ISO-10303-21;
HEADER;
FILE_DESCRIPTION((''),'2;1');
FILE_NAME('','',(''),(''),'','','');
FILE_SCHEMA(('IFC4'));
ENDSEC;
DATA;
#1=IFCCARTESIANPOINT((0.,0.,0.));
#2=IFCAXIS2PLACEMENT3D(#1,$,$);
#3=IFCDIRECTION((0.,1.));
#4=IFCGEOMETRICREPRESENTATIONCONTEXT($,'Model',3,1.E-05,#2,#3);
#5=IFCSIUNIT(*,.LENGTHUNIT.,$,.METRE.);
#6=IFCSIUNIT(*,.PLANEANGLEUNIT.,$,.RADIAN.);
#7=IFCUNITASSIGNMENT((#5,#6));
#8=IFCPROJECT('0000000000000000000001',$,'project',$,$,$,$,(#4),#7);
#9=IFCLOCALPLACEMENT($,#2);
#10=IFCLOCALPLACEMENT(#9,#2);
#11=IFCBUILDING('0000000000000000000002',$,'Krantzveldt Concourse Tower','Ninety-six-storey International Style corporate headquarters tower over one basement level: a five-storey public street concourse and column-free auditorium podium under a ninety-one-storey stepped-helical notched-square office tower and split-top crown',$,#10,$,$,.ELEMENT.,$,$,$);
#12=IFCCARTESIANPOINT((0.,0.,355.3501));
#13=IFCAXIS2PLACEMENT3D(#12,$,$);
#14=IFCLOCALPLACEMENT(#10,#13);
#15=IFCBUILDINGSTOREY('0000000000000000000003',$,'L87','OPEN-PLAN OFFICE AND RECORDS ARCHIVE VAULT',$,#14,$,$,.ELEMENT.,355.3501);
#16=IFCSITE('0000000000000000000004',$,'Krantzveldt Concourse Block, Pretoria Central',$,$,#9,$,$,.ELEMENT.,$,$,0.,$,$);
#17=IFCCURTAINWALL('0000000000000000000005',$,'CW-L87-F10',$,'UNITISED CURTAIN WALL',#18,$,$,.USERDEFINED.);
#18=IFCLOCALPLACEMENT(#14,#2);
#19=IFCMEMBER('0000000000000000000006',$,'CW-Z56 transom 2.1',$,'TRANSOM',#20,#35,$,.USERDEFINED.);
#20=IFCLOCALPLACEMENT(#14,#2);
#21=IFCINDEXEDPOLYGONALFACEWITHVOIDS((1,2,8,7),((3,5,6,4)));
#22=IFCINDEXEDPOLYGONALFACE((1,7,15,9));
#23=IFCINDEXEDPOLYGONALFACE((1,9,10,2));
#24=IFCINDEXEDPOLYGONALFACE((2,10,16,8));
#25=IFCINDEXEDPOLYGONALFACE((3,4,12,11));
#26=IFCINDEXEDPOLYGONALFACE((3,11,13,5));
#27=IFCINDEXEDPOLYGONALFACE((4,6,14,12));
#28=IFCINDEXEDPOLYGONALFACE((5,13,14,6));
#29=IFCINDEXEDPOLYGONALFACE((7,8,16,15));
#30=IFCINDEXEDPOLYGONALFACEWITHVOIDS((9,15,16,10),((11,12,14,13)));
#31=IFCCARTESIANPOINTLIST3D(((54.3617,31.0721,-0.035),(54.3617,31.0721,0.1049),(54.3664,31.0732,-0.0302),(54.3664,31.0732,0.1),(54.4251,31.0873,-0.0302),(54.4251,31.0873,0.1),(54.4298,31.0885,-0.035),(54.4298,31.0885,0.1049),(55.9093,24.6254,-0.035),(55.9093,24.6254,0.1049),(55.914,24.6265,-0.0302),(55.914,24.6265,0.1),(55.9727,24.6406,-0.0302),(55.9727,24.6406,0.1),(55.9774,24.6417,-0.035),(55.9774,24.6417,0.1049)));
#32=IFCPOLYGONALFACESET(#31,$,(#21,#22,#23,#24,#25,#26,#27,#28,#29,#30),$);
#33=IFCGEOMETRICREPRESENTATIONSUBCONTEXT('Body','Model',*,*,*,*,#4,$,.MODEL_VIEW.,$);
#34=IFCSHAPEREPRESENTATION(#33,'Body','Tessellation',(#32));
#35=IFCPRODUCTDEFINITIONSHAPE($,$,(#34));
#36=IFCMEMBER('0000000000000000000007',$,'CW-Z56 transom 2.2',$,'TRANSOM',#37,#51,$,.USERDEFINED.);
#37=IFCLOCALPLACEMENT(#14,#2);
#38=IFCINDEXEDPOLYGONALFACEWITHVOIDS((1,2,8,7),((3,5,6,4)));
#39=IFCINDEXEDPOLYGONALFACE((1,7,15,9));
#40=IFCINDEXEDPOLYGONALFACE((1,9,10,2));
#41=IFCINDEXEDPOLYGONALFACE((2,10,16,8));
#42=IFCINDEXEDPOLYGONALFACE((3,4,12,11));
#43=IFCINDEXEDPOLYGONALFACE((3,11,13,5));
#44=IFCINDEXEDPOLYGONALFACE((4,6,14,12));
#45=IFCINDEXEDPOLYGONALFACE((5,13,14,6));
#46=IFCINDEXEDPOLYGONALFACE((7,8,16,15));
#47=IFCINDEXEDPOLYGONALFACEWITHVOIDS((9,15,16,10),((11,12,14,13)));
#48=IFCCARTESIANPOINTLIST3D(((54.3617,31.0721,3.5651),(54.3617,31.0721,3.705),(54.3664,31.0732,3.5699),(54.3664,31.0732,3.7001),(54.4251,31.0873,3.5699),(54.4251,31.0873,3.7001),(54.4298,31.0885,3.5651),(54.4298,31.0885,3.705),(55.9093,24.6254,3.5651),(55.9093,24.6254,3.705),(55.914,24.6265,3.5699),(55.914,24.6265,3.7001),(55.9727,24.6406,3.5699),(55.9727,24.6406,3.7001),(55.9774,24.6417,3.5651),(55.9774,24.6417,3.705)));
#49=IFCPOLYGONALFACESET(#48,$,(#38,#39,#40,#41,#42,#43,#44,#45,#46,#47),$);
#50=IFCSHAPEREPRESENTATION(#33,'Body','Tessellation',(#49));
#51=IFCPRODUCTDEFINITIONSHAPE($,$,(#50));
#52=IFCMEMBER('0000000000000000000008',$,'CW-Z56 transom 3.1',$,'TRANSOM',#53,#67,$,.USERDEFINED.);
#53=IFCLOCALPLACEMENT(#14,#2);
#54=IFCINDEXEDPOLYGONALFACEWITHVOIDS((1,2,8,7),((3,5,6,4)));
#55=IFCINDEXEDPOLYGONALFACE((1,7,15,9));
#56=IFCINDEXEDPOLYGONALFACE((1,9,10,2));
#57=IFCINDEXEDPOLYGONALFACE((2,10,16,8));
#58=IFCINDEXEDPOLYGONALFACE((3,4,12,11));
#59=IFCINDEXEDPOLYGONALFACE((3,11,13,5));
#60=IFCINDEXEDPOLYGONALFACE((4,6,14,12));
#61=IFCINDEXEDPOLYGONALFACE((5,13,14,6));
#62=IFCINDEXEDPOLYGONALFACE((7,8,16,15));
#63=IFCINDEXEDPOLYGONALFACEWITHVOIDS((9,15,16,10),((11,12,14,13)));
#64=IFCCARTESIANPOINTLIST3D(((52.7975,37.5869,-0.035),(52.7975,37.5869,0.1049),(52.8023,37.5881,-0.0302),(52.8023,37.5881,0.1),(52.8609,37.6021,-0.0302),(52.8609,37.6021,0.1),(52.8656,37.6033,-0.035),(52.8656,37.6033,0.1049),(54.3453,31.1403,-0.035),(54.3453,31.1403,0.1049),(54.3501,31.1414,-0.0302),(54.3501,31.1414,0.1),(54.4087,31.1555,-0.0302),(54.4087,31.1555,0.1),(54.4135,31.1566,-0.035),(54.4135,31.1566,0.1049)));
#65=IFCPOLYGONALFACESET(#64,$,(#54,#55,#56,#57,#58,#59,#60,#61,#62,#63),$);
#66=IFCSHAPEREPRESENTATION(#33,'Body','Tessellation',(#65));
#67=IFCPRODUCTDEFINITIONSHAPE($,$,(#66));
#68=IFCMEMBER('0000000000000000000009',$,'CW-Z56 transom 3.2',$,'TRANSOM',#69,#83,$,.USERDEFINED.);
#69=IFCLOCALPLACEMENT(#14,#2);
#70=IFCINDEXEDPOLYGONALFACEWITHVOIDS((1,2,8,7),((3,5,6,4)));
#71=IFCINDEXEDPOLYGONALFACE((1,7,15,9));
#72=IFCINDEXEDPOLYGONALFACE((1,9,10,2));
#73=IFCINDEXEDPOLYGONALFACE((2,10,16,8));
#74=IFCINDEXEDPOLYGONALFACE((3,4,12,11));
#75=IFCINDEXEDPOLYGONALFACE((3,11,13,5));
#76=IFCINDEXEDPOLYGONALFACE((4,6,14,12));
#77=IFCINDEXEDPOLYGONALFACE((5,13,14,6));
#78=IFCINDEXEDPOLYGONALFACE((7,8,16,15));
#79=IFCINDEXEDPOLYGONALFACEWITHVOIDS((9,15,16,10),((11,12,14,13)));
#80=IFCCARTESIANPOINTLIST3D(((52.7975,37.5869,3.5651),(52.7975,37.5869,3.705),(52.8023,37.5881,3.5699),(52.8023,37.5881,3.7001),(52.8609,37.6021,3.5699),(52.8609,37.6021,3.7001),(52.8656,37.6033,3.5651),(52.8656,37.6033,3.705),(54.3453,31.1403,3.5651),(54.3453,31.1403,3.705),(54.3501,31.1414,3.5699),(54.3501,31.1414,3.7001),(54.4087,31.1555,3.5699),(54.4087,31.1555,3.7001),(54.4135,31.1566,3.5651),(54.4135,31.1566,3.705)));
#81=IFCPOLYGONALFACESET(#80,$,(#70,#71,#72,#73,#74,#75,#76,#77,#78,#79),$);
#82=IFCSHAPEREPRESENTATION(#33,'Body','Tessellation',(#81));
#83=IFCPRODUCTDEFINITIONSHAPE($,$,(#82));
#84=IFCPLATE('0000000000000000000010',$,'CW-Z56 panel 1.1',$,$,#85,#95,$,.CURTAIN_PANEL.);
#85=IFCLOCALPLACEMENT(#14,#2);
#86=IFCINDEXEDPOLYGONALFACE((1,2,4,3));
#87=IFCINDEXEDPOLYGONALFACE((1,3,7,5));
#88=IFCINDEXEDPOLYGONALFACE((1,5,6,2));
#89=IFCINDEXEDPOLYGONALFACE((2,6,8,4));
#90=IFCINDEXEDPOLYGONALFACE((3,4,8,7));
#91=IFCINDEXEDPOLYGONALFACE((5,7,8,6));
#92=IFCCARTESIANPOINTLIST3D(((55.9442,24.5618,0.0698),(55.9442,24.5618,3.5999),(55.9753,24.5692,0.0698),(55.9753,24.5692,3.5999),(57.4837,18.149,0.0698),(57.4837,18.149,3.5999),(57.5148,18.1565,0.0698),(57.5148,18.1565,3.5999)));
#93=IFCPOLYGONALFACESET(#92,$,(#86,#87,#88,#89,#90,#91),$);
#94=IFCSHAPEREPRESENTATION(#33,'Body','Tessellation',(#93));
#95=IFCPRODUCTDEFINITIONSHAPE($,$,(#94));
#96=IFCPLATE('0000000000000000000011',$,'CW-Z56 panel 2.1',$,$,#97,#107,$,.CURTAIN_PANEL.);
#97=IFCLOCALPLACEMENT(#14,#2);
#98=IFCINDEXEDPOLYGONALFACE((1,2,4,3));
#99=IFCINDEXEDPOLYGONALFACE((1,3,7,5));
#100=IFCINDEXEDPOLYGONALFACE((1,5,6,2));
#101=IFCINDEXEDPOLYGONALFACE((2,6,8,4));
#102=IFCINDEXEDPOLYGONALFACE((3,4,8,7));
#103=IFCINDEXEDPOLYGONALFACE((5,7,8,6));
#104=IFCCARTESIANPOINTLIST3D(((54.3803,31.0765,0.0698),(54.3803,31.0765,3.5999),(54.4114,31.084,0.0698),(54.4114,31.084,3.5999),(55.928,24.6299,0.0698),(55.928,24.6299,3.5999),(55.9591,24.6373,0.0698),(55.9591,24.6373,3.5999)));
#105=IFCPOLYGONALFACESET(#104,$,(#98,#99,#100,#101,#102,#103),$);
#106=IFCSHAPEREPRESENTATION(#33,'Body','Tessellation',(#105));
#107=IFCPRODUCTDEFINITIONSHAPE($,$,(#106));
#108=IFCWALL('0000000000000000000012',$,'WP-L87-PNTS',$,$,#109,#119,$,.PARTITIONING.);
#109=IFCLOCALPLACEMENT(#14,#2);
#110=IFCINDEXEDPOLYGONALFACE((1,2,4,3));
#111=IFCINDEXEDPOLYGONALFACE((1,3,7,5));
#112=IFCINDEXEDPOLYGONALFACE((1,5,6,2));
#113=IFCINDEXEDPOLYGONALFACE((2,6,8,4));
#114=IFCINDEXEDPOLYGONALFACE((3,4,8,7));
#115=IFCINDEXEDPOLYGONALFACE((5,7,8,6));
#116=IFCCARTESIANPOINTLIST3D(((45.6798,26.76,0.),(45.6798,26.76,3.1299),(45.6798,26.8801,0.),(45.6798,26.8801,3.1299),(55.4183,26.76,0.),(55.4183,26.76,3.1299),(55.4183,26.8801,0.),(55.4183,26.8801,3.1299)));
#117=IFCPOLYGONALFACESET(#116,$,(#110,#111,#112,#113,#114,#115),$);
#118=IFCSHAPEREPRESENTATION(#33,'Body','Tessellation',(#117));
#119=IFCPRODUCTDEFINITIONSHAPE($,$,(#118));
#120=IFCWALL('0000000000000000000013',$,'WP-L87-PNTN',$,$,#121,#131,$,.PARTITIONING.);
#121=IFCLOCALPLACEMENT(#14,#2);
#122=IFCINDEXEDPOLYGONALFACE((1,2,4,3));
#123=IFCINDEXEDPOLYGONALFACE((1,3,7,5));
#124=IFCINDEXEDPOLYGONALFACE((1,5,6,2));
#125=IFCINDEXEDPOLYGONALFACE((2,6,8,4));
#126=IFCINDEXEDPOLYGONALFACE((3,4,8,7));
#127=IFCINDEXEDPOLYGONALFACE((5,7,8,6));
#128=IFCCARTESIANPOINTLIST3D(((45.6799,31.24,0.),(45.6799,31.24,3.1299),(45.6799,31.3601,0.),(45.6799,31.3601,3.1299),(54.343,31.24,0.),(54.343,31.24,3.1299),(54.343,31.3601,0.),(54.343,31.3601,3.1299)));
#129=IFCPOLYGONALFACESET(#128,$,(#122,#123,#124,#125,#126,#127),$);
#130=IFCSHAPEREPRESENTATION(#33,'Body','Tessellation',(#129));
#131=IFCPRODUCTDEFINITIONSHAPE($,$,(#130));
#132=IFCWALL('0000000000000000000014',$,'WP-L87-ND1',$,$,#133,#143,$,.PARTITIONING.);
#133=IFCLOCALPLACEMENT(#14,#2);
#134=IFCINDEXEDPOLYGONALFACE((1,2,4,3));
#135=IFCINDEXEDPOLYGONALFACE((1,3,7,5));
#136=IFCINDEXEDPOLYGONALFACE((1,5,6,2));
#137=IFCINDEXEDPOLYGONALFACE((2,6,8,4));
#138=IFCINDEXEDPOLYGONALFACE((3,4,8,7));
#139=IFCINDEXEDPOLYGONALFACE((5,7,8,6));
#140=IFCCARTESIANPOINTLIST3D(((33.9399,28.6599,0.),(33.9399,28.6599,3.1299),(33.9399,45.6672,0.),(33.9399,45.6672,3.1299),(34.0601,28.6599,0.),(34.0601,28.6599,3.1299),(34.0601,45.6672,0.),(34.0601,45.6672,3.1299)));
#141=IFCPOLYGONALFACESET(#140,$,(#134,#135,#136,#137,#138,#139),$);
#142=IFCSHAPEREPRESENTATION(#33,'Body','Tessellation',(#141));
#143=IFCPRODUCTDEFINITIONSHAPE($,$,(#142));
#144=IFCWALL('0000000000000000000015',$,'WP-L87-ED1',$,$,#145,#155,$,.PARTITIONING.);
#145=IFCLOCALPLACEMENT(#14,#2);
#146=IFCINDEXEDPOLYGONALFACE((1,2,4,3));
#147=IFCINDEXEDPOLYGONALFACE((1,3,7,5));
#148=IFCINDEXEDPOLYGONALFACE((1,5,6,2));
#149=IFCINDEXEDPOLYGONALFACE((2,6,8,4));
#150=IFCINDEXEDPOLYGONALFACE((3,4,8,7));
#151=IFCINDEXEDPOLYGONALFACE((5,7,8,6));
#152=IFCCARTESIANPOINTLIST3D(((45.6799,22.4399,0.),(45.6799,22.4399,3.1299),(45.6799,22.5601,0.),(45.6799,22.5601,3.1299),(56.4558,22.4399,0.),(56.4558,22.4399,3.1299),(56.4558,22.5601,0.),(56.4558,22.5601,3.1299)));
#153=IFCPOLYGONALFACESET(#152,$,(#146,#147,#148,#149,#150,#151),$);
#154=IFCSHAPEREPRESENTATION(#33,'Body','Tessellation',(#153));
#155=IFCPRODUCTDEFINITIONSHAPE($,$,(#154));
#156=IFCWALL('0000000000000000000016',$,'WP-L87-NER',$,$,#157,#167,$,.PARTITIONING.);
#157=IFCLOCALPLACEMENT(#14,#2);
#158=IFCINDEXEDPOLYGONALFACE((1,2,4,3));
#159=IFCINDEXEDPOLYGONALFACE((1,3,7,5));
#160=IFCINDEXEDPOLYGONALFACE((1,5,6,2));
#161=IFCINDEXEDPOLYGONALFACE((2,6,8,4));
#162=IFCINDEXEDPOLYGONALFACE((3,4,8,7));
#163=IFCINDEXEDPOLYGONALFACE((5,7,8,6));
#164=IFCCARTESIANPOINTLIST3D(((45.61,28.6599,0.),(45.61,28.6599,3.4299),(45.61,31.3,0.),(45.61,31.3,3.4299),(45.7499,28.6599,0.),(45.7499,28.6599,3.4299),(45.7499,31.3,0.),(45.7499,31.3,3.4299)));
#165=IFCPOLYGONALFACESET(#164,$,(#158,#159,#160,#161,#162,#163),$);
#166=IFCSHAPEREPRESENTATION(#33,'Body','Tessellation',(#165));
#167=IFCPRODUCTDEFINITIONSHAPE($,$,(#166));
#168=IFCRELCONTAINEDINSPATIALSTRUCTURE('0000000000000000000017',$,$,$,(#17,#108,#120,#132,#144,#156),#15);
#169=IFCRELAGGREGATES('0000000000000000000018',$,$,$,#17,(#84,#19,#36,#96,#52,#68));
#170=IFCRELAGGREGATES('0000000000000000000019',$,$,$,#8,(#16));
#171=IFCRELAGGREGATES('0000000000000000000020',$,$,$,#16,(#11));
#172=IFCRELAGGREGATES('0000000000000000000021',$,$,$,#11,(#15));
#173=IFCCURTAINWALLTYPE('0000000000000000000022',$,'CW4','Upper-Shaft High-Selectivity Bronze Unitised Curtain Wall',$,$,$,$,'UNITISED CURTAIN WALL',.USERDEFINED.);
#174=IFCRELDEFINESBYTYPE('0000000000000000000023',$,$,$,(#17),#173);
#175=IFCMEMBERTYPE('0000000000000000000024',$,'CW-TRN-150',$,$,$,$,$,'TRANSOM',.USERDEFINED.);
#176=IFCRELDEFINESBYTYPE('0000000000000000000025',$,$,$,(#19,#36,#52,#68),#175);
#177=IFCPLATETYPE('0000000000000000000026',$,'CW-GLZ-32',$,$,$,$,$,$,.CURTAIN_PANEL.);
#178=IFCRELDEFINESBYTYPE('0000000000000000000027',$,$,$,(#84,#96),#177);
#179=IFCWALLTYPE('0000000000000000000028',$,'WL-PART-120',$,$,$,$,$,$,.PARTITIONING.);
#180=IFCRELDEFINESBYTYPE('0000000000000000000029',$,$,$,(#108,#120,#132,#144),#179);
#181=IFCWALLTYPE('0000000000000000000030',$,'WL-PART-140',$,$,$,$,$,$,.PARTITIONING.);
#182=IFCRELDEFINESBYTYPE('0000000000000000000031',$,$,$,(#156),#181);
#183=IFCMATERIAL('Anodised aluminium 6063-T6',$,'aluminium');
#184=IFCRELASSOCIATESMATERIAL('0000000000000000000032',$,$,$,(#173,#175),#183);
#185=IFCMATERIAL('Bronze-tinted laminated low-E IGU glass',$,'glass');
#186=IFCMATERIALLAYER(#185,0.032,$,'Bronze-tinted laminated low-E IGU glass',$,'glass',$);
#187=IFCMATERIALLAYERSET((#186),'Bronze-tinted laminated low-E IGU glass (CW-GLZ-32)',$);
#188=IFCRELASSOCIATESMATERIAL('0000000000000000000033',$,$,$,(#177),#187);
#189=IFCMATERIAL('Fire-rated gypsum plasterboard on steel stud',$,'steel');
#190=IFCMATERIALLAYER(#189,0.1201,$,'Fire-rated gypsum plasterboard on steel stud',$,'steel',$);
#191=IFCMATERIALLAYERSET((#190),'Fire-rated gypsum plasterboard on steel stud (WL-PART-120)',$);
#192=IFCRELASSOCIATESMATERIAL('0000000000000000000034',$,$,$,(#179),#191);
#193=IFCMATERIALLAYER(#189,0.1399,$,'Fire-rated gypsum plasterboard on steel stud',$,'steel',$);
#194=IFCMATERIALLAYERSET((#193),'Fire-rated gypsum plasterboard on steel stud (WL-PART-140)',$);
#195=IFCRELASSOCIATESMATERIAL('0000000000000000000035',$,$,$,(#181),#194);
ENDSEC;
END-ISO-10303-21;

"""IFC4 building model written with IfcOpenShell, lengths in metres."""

from ifc_helpers import new_model, si_unit, direction, frame, frame_2d, origin, origin_2d, place, context, subcontext, project, spatial, rectangle, hollow_rectangle, extrude, source, transform, mapped, material, layer, layer_set, material_profile, profile_set, type_object, type_shapes, element, aggregate, save


model = new_model("IFC4")

# Units and contexts
model_context = context("Model", 3, precision=1e-05, world=origin(), true_north=direction((0.0, 1.0)))
body_context = subcontext(model_context, "Body", "Model", "MODEL_VIEW")
ifc_project = project(units=[si_unit("LENGTHUNIT", "METRE"), si_unit("PLANEANGLEUNIT", "RADIAN")], contexts=[model_context])

# Site, building, storey
site_placement = place(None, origin())
site = spatial("IfcSite", under=ifc_project, at=site_placement, Name="Krantzveldt Concourse Block, Pretoria Central", CompositionType="ELEMENT", RefElevation=0.0)
building_placement = place(site_placement, origin())
building = spatial("IfcBuilding", under=site, at=building_placement, Name="Krantzveldt Concourse Tower", Description="Ninety-six-storey International Style corporate headquarters tower over one basement level: a five-storey public street concourse and column-free auditorium podium under a ninety-one-storey stepped-helical notched-square office tower and split-top crown", CompositionType="ELEMENT")
storey_placement = place(building_placement, frame((0.0, 0.0, 355.3501)))
storey = spatial("IfcBuildingStorey", under=building, at=storey_placement, Name="L87", Description="OPEN-PLAN OFFICE AND RECORDS ARCHIVE VAULT", CompositionType="ELEMENT", Elevation=355.3501)

# Curtain wall, members, plates
ifc_material_1 = material(Name="Anodised aluminium 6063-T6", Category="aluminium")
curtain_wall_type = type_object("IfcCurtainWallType", Name="CW4", Description="Upper-Shaft High-Selectivity Bronze Unitised Curtain Wall", ElementType="UNITISED CURTAIN WALL", PredefinedType="USERDEFINED", material=ifc_material_1)
curtain_wall_placement = place(storey_placement, origin())
curtain_wall = element("IfcCurtainWall", 1, at=curtain_wall_placement, inside=storey, type_object=curtain_wall_type, Name="CW-L87-F10", ObjectType="UNITISED CURTAIN WALL", PredefinedType="USERDEFINED")
ifc_material_profile_1 = material_profile(ifc_material_1, hollow_rectangle(XDim=0.0701, YDim=0.1399, WallThickness=0.0049, at=origin_2d()), Name="Anodised aluminium 6063-T6", Category="aluminium")
ifc_profile_set_1 = profile_set([ifc_material_profile_1], Name="Anodised aluminium 6063-T6 - ALU-TRAN 140x70x5")
member_type_1 = type_object("IfcMemberType", Name="CW-TRN-150", ElementType="TRANSOM", PredefinedType="USERDEFINED", material=ifc_profile_set_1)
shared_shape_1 = source(origin(), body_context, "Body", "SweptSolid", [
    extrude(hollow_rectangle(XDim=0.0701, YDim=0.1399, WallThickness=0.0049, at=origin_2d()), origin(), (0.0, 0.0, 1.0), 6.6299),
])
type_shapes(member_type_1, [shared_shape_1])
member_1_placement = place(storey_placement, frame((55.9434, 24.6335, 0.0349), z_axis=(-0.233427, 0.972374, 0.0), x_axis=(-0.972374, -0.233427, 0.0)))
member_1 = element("IfcMember", 2, at=member_1_placement, type_object=member_type_1, Name="CW-Z56 transom 2.1", ObjectType="TRANSOM", PredefinedType="USERDEFINED", context=body_context, shape_type="MappedRepresentation", body=[
    mapped(shared_shape_1, transform((0.0, 0.0, 0.0), x_axis=(1.0, 0.0, 0.0), y_axis=(0.0, 1.0, 0.0), z_axis=(0.0, 0.0, 1.0), scale=1.0)),
])
member_2_placement = place(storey_placement, frame((55.9434, 24.6335, 3.635), z_axis=(-0.233427, 0.972374, 0.0), x_axis=(-0.972374, -0.233427, 0.0)))
member_2 = element("IfcMember", 3, at=member_2_placement, type_object=member_type_1, Name="CW-Z56 transom 2.2", ObjectType="TRANSOM", PredefinedType="USERDEFINED", context=body_context, shape_type="MappedRepresentation", body=[
    mapped(shared_shape_1, transform((0.0, 0.0, 0.0), x_axis=(1.0, 0.0, 0.0), y_axis=(0.0, 1.0, 0.0), z_axis=(0.0, 0.0, 1.0), scale=1.0)),
])
member_3_placement = place(storey_placement, frame((54.3794, 31.1484, 0.0349), z_axis=(-0.233462, 0.972366, 0.0), x_axis=(-0.972366, -0.233462, 0.0)))
member_3 = element("IfcMember", 4, at=member_3_placement, type_object=member_type_1, Name="CW-Z56 transom 3.1", ObjectType="TRANSOM", PredefinedType="USERDEFINED", context=body_context, shape_type="MappedRepresentation", body=[
    mapped(shared_shape_1, transform((0.0, 0.0, 0.0), x_axis=(1.0, 0.0, 0.0), y_axis=(0.0, 1.0, 0.0), z_axis=(0.0, 0.0, 1.0), scale=1.0)),
])
member_4_placement = place(storey_placement, frame((54.3794, 31.1484, 3.635), z_axis=(-0.233462, 0.972366, 0.0), x_axis=(-0.972366, -0.233462, 0.0)))
member_4 = element("IfcMember", 5, at=member_4_placement, type_object=member_type_1, Name="CW-Z56 transom 3.2", ObjectType="TRANSOM", PredefinedType="USERDEFINED", context=body_context, shape_type="MappedRepresentation", body=[
    mapped(shared_shape_1, transform((0.0, 0.0, 0.0), x_axis=(1.0, 0.0, 0.0), y_axis=(0.0, 1.0, 0.0), z_axis=(0.0, 0.0, 1.0), scale=1.0)),
])
ifc_material_2 = material(Name="Bronze-tinted laminated low-E IGU glass", Category="glass")
ifc_layer_1 = layer(ifc_material_2, 0.032, Name="Bronze-tinted laminated low-E IGU glass", Category="glass")
ifc_layer_set_1 = layer_set([ifc_layer_1], Name="Bronze-tinted laminated low-E IGU glass (CW-GLZ-32)")
plate_type = type_object("IfcPlateType", Name="CW-GLZ-32", PredefinedType="CURTAIN_PANEL", material=ifc_layer_set_1)
shared_shape_2 = source(origin(), body_context, "Body", "SweptSolid", [
    extrude(rectangle(XDim=6.595, YDim=0.032, at=origin_2d()), origin(), (0.0, 0.0, 1.0), 3.53),
])
plate_1_placement = place(storey_placement, frame((56.7295, 21.3591, 0.0698), z_axis=(0.0, 0.0, 1.0), x_axis=(-0.233445, 0.97237, 0.0)))
plate_1 = element("IfcPlate", 6, at=plate_1_placement, type_object=plate_type, Name="CW-Z56 panel 1.1", PredefinedType="CURTAIN_PANEL", context=body_context, shape_type="MappedRepresentation", body=[
    mapped(shared_shape_2, transform((0.0, 0.0, 0.0), x_axis=(1.0, 0.0, 0.0), y_axis=(0.0, 1.0, 0.0), z_axis=(0.0, 0.0, 1.0), scale=1.0)),
])
shared_shape_3 = source(origin(), body_context, "Body", "SweptSolid", [
    extrude(rectangle(XDim=6.6299, YDim=0.032, at=origin_2d()), origin(), (0.0, 0.0, 1.0), 3.53),
])
type_shapes(plate_type, [shared_shape_2, shared_shape_3])
plate_2_placement = place(storey_placement, frame((55.1697, 27.8569, 0.0698), z_axis=(0.0, 0.0, 1.0), x_axis=(-0.233445, 0.97237, 0.0)))
plate_2 = element("IfcPlate", 7, at=plate_2_placement, type_object=plate_type, Name="CW-Z56 panel 2.1", PredefinedType="CURTAIN_PANEL", context=body_context, shape_type="MappedRepresentation", body=[
    mapped(shared_shape_3, transform((0.0, 0.0, 0.0), x_axis=(1.0, 0.0, 0.0), y_axis=(0.0, 1.0, 0.0), z_axis=(0.0, 0.0, 1.0), scale=1.0)),
])
aggregate(curtain_wall, [plate_1, member_1, member_2, plate_2, member_3, member_4])

# Walls
ifc_material_3 = material(Name="Fire-rated gypsum plasterboard on steel stud", Category="steel")
ifc_layer_2 = layer(ifc_material_3, 0.1201, Name="Fire-rated gypsum plasterboard on steel stud", Category="steel")
ifc_layer_set_2 = layer_set([ifc_layer_2], Name="Fire-rated gypsum plasterboard on steel stud (WL-PART-120)")
wall_type_1 = type_object("IfcWallType", Name="WL-PART-120", PredefinedType="PARTITIONING", material=ifc_layer_set_2)
wall_1_placement = place(storey_placement, frame((45.6799, 26.8201, 0.0), z_axis=(0.0, 0.0, 1.0), x_axis=(1.0, 0.0, 0.0)))
element("IfcWall", 8, at=wall_1_placement, inside=storey, type_object=wall_type_1, Name="WP-L87-PNTS", PredefinedType="PARTITIONING", context=body_context, shape_type="SweptSolid", body=[
    extrude(rectangle(XDim=9.7385, YDim=0.1201, at=frame_2d((4.8691, 0.0))), origin(), (0.0, 0.0, 1.0), 3.1299),
])
wall_2_placement = place(storey_placement, frame((45.6799, 31.3, 0.0), z_axis=(0.0, 0.0, 1.0), x_axis=(1.0, 0.0, 0.0)))
element("IfcWall", 9, at=wall_2_placement, inside=storey, type_object=wall_type_1, Name="WP-L87-PNTN", PredefinedType="PARTITIONING", context=body_context, shape_type="SweptSolid", body=[
    extrude(rectangle(XDim=8.6631, YDim=0.1201, at=frame_2d((4.3315, 0.0))), origin(), (0.0, 0.0, 1.0), 3.1299),
])
wall_3_placement = place(storey_placement, frame((34.0, 28.6599, 0.0), z_axis=(0.0, 0.0, 1.0), x_axis=(0.0, 1.0, 0.0)))
element("IfcWall", 10, at=wall_3_placement, inside=storey, type_object=wall_type_1, Name="WP-L87-ND1", PredefinedType="PARTITIONING", context=body_context, shape_type="SweptSolid", body=[
    extrude(rectangle(XDim=17.0073, YDim=0.1201, at=frame_2d((8.5037, 0.0))), origin(), (0.0, 0.0, 1.0), 3.1299),
])
wall_4_placement = place(storey_placement, frame((45.6799, 22.5, 0.0), z_axis=(0.0, 0.0, 1.0), x_axis=(1.0, 0.0, 0.0)))
element("IfcWall", 11, at=wall_4_placement, inside=storey, type_object=wall_type_1, Name="WP-L87-ED1", PredefinedType="PARTITIONING", context=body_context, shape_type="SweptSolid", body=[
    extrude(rectangle(XDim=10.7759, YDim=0.1201, at=frame_2d((5.3879, 0.0))), origin(), (0.0, 0.0, 1.0), 3.1299),
])
ifc_layer_3 = layer(ifc_material_3, 0.1399, Name="Fire-rated gypsum plasterboard on steel stud", Category="steel")
ifc_layer_set_3 = layer_set([ifc_layer_3], Name="Fire-rated gypsum plasterboard on steel stud (WL-PART-140)")
wall_type_2 = type_object("IfcWallType", Name="WL-PART-140", PredefinedType="PARTITIONING", material=ifc_layer_set_3)
wall_5_placement = place(storey_placement, frame((45.6799, 28.6599, 0.0), z_axis=(0.0, 0.0, 1.0), x_axis=(0.0, 1.0, 0.0)))
element("IfcWall", 12, at=wall_5_placement, inside=storey, type_object=wall_type_2, Name="WP-L87-NER", PredefinedType="PARTITIONING", context=body_context, shape_type="SweptSolid", body=[
    extrude(rectangle(XDim=2.6401, YDim=0.1399, at=frame_2d((1.3201, 0.0))), origin(), (0.0, 0.0, 1.0), 3.4299),
])

save(model, "model.ifc")
